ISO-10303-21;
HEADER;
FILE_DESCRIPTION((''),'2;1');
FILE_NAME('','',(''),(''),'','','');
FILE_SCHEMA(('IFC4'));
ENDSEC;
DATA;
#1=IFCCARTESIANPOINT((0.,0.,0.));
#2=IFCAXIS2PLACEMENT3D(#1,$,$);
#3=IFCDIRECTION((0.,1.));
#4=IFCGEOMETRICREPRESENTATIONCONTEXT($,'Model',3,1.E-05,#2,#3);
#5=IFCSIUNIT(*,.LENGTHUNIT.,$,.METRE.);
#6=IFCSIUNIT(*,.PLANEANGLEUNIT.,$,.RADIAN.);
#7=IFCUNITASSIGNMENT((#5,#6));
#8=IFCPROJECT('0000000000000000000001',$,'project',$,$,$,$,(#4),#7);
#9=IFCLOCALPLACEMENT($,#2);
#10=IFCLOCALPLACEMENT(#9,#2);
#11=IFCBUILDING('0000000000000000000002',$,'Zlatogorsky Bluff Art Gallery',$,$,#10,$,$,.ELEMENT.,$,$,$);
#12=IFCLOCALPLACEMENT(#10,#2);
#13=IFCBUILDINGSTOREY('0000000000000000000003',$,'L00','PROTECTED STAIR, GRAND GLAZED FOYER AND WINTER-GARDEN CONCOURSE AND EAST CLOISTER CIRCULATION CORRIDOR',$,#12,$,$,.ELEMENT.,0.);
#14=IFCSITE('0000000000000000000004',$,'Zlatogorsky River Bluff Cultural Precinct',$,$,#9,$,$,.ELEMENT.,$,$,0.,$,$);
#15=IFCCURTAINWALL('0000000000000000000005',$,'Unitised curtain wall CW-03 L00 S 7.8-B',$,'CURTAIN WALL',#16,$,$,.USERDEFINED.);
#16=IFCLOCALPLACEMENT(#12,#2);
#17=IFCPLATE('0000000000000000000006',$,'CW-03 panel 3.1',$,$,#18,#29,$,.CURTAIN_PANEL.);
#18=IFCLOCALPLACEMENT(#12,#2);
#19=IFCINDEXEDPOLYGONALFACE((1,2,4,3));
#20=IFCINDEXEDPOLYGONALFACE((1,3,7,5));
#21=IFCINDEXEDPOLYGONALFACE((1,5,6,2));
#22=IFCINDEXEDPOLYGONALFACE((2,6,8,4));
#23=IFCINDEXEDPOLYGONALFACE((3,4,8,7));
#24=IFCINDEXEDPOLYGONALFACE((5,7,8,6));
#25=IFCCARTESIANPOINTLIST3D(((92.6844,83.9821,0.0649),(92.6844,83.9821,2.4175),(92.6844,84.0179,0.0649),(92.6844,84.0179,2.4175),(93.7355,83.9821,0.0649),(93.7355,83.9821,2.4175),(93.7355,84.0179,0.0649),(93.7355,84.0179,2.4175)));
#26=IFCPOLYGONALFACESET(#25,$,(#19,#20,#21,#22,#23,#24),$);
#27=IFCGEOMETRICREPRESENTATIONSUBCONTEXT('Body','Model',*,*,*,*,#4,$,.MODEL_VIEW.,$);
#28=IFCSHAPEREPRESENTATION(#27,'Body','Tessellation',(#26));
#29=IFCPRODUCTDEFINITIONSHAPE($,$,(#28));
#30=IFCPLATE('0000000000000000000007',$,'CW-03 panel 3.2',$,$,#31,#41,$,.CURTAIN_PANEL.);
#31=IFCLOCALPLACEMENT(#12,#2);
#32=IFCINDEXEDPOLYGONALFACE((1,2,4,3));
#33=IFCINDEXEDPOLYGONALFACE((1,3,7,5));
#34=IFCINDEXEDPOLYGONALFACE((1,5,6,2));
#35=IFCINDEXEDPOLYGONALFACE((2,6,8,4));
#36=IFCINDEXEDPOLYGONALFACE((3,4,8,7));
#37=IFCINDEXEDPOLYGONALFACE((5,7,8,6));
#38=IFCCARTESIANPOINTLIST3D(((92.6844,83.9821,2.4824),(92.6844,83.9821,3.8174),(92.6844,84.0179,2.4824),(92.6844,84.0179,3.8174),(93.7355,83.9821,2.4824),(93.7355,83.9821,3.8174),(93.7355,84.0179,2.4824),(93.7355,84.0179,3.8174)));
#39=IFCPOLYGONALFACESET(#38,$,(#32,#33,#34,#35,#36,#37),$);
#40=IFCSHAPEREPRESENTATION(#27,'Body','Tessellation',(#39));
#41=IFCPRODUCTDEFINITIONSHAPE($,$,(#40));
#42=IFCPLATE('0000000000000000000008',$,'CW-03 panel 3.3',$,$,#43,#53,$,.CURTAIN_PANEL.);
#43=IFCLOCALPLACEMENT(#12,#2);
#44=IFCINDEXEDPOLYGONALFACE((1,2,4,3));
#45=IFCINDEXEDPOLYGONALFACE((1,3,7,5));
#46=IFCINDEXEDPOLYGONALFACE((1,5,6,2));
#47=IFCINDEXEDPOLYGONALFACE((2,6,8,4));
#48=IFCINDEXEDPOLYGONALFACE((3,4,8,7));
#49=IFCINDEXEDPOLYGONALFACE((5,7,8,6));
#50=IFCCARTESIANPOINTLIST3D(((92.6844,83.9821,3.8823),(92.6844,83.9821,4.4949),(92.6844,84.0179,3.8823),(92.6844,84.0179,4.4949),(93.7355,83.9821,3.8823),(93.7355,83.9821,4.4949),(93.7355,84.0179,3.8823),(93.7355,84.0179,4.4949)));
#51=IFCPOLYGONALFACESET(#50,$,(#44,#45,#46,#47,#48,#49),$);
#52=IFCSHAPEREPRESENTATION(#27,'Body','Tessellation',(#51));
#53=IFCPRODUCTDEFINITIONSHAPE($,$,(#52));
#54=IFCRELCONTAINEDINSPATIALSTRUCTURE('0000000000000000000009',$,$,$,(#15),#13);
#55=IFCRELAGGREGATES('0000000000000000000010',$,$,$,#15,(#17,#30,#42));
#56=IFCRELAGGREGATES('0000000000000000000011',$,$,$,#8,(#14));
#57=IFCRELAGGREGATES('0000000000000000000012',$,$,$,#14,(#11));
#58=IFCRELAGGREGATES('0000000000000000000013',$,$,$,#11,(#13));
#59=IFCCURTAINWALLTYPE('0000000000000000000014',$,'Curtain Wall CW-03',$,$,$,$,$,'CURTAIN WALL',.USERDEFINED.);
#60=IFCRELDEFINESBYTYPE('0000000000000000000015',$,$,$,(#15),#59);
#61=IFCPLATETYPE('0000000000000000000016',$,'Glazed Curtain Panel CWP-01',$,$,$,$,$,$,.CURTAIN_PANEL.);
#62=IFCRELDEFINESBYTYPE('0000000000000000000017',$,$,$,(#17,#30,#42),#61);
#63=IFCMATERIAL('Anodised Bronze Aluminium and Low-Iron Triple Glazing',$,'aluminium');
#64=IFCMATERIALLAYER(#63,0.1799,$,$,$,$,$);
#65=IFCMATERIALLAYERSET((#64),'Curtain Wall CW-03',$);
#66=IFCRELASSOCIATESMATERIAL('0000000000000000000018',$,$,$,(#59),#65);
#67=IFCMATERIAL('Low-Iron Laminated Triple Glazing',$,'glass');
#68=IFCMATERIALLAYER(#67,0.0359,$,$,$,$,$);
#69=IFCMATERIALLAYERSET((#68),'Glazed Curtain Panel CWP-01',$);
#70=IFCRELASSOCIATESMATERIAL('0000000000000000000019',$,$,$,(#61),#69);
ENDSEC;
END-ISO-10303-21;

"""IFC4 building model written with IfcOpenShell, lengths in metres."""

from ifc_helpers import new_model, si_unit, direction, frame, origin, origin_2d, place, context, subcontext, project, spatial, rectangle, extrude, material, layer, layer_set, type_object, element, aggregate, save


model = new_model("IFC4")

# Units and contexts
model_context = context("Model", 3, precision=1e-05, world=origin(), true_north=direction((0.0, 1.0)))
body_context = subcontext(model_context, "Body", "Model", "MODEL_VIEW")
ifc_project = project(units=[si_unit("LENGTHUNIT", "METRE"), si_unit("PLANEANGLEUNIT", "RADIAN")], contexts=[model_context])

# Site, building, storey
site_placement = place(None, origin())
site = spatial("IfcSite", under=ifc_project, at=site_placement, Name="Zlatogorsky River Bluff Cultural Precinct", CompositionType="ELEMENT", RefElevation=0.0)
building_placement = place(site_placement, origin())
building = spatial("IfcBuilding", under=site, at=building_placement, Name="Zlatogorsky Bluff Art Gallery", CompositionType="ELEMENT")
storey_placement = place(building_placement, origin())
storey = spatial("IfcBuildingStorey", under=building, at=storey_placement, Name="L00", Description="PROTECTED STAIR, GRAND GLAZED FOYER AND WINTER-GARDEN CONCOURSE AND EAST CLOISTER CIRCULATION CORRIDOR", CompositionType="ELEMENT", Elevation=0.0)

# Curtain wall, plates
ifc_material_1 = material(Name="Anodised Bronze Aluminium and Low-Iron Triple Glazing", Category="aluminium")
ifc_layer_1 = layer(ifc_material_1, 0.1799)
ifc_layer_set_1 = layer_set([ifc_layer_1], Name="Curtain Wall CW-03")
curtain_wall_type = type_object("IfcCurtainWallType", Name="Curtain Wall CW-03", ElementType="CURTAIN WALL", PredefinedType="USERDEFINED", material=ifc_layer_set_1)
curtain_wall_placement = place(storey_placement, origin())
curtain_wall = element("IfcCurtainWall", 1, at=curtain_wall_placement, inside=storey, type_object=curtain_wall_type, Name="Unitised curtain wall CW-03 L00 S 7.8-B", ObjectType="CURTAIN WALL", PredefinedType="USERDEFINED")
ifc_material_2 = material(Name="Low-Iron Laminated Triple Glazing", Category="glass")
ifc_layer_2 = layer(ifc_material_2, 0.0359)
ifc_layer_set_2 = layer_set([ifc_layer_2], Name="Glazed Curtain Panel CWP-01")
plate_type = type_object("IfcPlateType", Name="Glazed Curtain Panel CWP-01", PredefinedType="CURTAIN_PANEL", material=ifc_layer_set_2)
plate_1_placement = place(storey_placement, frame((93.21, 84.0, 0.0649), z_axis=(0.0, 0.0, 1.0), x_axis=(1.0, 0.0, 0.0)))
plate_1 = element("IfcPlate", 2, at=plate_1_placement, type_object=plate_type, Name="CW-03 panel 3.1", PredefinedType="CURTAIN_PANEL", context=body_context, shape_type="SweptSolid", body=[
    extrude(rectangle(XDim=1.051, YDim=0.0359, at=origin_2d()), origin(), (0.0, 0.0, 1.0), 2.3525),
])
plate_2_placement = place(storey_placement, frame((93.21, 84.0, 2.4824), z_axis=(0.0, 0.0, 1.0), x_axis=(1.0, 0.0, 0.0)))
plate_2 = element("IfcPlate", 3, at=plate_2_placement, type_object=plate_type, Name="CW-03 panel 3.2", PredefinedType="CURTAIN_PANEL", context=body_context, shape_type="SweptSolid", body=[
    extrude(rectangle(XDim=1.051, YDim=0.0359, at=origin_2d()), origin(), (0.0, 0.0, 1.0), 1.335),
])
plate_3_placement = place(storey_placement, frame((93.21, 84.0, 3.8823), z_axis=(0.0, 0.0, 1.0), x_axis=(1.0, 0.0, 0.0)))
plate_3 = element("IfcPlate", 4, at=plate_3_placement, type_object=plate_type, Name="CW-03 panel 3.3", PredefinedType="CURTAIN_PANEL", context=body_context, shape_type="SweptSolid", body=[
    extrude(rectangle(XDim=1.051, YDim=0.0359, at=origin_2d()), origin(), (0.0, 0.0, 1.0), 0.6125),
])
aggregate(curtain_wall, [plate_1, plate_2, plate_3])

save(model, "model.ifc")
